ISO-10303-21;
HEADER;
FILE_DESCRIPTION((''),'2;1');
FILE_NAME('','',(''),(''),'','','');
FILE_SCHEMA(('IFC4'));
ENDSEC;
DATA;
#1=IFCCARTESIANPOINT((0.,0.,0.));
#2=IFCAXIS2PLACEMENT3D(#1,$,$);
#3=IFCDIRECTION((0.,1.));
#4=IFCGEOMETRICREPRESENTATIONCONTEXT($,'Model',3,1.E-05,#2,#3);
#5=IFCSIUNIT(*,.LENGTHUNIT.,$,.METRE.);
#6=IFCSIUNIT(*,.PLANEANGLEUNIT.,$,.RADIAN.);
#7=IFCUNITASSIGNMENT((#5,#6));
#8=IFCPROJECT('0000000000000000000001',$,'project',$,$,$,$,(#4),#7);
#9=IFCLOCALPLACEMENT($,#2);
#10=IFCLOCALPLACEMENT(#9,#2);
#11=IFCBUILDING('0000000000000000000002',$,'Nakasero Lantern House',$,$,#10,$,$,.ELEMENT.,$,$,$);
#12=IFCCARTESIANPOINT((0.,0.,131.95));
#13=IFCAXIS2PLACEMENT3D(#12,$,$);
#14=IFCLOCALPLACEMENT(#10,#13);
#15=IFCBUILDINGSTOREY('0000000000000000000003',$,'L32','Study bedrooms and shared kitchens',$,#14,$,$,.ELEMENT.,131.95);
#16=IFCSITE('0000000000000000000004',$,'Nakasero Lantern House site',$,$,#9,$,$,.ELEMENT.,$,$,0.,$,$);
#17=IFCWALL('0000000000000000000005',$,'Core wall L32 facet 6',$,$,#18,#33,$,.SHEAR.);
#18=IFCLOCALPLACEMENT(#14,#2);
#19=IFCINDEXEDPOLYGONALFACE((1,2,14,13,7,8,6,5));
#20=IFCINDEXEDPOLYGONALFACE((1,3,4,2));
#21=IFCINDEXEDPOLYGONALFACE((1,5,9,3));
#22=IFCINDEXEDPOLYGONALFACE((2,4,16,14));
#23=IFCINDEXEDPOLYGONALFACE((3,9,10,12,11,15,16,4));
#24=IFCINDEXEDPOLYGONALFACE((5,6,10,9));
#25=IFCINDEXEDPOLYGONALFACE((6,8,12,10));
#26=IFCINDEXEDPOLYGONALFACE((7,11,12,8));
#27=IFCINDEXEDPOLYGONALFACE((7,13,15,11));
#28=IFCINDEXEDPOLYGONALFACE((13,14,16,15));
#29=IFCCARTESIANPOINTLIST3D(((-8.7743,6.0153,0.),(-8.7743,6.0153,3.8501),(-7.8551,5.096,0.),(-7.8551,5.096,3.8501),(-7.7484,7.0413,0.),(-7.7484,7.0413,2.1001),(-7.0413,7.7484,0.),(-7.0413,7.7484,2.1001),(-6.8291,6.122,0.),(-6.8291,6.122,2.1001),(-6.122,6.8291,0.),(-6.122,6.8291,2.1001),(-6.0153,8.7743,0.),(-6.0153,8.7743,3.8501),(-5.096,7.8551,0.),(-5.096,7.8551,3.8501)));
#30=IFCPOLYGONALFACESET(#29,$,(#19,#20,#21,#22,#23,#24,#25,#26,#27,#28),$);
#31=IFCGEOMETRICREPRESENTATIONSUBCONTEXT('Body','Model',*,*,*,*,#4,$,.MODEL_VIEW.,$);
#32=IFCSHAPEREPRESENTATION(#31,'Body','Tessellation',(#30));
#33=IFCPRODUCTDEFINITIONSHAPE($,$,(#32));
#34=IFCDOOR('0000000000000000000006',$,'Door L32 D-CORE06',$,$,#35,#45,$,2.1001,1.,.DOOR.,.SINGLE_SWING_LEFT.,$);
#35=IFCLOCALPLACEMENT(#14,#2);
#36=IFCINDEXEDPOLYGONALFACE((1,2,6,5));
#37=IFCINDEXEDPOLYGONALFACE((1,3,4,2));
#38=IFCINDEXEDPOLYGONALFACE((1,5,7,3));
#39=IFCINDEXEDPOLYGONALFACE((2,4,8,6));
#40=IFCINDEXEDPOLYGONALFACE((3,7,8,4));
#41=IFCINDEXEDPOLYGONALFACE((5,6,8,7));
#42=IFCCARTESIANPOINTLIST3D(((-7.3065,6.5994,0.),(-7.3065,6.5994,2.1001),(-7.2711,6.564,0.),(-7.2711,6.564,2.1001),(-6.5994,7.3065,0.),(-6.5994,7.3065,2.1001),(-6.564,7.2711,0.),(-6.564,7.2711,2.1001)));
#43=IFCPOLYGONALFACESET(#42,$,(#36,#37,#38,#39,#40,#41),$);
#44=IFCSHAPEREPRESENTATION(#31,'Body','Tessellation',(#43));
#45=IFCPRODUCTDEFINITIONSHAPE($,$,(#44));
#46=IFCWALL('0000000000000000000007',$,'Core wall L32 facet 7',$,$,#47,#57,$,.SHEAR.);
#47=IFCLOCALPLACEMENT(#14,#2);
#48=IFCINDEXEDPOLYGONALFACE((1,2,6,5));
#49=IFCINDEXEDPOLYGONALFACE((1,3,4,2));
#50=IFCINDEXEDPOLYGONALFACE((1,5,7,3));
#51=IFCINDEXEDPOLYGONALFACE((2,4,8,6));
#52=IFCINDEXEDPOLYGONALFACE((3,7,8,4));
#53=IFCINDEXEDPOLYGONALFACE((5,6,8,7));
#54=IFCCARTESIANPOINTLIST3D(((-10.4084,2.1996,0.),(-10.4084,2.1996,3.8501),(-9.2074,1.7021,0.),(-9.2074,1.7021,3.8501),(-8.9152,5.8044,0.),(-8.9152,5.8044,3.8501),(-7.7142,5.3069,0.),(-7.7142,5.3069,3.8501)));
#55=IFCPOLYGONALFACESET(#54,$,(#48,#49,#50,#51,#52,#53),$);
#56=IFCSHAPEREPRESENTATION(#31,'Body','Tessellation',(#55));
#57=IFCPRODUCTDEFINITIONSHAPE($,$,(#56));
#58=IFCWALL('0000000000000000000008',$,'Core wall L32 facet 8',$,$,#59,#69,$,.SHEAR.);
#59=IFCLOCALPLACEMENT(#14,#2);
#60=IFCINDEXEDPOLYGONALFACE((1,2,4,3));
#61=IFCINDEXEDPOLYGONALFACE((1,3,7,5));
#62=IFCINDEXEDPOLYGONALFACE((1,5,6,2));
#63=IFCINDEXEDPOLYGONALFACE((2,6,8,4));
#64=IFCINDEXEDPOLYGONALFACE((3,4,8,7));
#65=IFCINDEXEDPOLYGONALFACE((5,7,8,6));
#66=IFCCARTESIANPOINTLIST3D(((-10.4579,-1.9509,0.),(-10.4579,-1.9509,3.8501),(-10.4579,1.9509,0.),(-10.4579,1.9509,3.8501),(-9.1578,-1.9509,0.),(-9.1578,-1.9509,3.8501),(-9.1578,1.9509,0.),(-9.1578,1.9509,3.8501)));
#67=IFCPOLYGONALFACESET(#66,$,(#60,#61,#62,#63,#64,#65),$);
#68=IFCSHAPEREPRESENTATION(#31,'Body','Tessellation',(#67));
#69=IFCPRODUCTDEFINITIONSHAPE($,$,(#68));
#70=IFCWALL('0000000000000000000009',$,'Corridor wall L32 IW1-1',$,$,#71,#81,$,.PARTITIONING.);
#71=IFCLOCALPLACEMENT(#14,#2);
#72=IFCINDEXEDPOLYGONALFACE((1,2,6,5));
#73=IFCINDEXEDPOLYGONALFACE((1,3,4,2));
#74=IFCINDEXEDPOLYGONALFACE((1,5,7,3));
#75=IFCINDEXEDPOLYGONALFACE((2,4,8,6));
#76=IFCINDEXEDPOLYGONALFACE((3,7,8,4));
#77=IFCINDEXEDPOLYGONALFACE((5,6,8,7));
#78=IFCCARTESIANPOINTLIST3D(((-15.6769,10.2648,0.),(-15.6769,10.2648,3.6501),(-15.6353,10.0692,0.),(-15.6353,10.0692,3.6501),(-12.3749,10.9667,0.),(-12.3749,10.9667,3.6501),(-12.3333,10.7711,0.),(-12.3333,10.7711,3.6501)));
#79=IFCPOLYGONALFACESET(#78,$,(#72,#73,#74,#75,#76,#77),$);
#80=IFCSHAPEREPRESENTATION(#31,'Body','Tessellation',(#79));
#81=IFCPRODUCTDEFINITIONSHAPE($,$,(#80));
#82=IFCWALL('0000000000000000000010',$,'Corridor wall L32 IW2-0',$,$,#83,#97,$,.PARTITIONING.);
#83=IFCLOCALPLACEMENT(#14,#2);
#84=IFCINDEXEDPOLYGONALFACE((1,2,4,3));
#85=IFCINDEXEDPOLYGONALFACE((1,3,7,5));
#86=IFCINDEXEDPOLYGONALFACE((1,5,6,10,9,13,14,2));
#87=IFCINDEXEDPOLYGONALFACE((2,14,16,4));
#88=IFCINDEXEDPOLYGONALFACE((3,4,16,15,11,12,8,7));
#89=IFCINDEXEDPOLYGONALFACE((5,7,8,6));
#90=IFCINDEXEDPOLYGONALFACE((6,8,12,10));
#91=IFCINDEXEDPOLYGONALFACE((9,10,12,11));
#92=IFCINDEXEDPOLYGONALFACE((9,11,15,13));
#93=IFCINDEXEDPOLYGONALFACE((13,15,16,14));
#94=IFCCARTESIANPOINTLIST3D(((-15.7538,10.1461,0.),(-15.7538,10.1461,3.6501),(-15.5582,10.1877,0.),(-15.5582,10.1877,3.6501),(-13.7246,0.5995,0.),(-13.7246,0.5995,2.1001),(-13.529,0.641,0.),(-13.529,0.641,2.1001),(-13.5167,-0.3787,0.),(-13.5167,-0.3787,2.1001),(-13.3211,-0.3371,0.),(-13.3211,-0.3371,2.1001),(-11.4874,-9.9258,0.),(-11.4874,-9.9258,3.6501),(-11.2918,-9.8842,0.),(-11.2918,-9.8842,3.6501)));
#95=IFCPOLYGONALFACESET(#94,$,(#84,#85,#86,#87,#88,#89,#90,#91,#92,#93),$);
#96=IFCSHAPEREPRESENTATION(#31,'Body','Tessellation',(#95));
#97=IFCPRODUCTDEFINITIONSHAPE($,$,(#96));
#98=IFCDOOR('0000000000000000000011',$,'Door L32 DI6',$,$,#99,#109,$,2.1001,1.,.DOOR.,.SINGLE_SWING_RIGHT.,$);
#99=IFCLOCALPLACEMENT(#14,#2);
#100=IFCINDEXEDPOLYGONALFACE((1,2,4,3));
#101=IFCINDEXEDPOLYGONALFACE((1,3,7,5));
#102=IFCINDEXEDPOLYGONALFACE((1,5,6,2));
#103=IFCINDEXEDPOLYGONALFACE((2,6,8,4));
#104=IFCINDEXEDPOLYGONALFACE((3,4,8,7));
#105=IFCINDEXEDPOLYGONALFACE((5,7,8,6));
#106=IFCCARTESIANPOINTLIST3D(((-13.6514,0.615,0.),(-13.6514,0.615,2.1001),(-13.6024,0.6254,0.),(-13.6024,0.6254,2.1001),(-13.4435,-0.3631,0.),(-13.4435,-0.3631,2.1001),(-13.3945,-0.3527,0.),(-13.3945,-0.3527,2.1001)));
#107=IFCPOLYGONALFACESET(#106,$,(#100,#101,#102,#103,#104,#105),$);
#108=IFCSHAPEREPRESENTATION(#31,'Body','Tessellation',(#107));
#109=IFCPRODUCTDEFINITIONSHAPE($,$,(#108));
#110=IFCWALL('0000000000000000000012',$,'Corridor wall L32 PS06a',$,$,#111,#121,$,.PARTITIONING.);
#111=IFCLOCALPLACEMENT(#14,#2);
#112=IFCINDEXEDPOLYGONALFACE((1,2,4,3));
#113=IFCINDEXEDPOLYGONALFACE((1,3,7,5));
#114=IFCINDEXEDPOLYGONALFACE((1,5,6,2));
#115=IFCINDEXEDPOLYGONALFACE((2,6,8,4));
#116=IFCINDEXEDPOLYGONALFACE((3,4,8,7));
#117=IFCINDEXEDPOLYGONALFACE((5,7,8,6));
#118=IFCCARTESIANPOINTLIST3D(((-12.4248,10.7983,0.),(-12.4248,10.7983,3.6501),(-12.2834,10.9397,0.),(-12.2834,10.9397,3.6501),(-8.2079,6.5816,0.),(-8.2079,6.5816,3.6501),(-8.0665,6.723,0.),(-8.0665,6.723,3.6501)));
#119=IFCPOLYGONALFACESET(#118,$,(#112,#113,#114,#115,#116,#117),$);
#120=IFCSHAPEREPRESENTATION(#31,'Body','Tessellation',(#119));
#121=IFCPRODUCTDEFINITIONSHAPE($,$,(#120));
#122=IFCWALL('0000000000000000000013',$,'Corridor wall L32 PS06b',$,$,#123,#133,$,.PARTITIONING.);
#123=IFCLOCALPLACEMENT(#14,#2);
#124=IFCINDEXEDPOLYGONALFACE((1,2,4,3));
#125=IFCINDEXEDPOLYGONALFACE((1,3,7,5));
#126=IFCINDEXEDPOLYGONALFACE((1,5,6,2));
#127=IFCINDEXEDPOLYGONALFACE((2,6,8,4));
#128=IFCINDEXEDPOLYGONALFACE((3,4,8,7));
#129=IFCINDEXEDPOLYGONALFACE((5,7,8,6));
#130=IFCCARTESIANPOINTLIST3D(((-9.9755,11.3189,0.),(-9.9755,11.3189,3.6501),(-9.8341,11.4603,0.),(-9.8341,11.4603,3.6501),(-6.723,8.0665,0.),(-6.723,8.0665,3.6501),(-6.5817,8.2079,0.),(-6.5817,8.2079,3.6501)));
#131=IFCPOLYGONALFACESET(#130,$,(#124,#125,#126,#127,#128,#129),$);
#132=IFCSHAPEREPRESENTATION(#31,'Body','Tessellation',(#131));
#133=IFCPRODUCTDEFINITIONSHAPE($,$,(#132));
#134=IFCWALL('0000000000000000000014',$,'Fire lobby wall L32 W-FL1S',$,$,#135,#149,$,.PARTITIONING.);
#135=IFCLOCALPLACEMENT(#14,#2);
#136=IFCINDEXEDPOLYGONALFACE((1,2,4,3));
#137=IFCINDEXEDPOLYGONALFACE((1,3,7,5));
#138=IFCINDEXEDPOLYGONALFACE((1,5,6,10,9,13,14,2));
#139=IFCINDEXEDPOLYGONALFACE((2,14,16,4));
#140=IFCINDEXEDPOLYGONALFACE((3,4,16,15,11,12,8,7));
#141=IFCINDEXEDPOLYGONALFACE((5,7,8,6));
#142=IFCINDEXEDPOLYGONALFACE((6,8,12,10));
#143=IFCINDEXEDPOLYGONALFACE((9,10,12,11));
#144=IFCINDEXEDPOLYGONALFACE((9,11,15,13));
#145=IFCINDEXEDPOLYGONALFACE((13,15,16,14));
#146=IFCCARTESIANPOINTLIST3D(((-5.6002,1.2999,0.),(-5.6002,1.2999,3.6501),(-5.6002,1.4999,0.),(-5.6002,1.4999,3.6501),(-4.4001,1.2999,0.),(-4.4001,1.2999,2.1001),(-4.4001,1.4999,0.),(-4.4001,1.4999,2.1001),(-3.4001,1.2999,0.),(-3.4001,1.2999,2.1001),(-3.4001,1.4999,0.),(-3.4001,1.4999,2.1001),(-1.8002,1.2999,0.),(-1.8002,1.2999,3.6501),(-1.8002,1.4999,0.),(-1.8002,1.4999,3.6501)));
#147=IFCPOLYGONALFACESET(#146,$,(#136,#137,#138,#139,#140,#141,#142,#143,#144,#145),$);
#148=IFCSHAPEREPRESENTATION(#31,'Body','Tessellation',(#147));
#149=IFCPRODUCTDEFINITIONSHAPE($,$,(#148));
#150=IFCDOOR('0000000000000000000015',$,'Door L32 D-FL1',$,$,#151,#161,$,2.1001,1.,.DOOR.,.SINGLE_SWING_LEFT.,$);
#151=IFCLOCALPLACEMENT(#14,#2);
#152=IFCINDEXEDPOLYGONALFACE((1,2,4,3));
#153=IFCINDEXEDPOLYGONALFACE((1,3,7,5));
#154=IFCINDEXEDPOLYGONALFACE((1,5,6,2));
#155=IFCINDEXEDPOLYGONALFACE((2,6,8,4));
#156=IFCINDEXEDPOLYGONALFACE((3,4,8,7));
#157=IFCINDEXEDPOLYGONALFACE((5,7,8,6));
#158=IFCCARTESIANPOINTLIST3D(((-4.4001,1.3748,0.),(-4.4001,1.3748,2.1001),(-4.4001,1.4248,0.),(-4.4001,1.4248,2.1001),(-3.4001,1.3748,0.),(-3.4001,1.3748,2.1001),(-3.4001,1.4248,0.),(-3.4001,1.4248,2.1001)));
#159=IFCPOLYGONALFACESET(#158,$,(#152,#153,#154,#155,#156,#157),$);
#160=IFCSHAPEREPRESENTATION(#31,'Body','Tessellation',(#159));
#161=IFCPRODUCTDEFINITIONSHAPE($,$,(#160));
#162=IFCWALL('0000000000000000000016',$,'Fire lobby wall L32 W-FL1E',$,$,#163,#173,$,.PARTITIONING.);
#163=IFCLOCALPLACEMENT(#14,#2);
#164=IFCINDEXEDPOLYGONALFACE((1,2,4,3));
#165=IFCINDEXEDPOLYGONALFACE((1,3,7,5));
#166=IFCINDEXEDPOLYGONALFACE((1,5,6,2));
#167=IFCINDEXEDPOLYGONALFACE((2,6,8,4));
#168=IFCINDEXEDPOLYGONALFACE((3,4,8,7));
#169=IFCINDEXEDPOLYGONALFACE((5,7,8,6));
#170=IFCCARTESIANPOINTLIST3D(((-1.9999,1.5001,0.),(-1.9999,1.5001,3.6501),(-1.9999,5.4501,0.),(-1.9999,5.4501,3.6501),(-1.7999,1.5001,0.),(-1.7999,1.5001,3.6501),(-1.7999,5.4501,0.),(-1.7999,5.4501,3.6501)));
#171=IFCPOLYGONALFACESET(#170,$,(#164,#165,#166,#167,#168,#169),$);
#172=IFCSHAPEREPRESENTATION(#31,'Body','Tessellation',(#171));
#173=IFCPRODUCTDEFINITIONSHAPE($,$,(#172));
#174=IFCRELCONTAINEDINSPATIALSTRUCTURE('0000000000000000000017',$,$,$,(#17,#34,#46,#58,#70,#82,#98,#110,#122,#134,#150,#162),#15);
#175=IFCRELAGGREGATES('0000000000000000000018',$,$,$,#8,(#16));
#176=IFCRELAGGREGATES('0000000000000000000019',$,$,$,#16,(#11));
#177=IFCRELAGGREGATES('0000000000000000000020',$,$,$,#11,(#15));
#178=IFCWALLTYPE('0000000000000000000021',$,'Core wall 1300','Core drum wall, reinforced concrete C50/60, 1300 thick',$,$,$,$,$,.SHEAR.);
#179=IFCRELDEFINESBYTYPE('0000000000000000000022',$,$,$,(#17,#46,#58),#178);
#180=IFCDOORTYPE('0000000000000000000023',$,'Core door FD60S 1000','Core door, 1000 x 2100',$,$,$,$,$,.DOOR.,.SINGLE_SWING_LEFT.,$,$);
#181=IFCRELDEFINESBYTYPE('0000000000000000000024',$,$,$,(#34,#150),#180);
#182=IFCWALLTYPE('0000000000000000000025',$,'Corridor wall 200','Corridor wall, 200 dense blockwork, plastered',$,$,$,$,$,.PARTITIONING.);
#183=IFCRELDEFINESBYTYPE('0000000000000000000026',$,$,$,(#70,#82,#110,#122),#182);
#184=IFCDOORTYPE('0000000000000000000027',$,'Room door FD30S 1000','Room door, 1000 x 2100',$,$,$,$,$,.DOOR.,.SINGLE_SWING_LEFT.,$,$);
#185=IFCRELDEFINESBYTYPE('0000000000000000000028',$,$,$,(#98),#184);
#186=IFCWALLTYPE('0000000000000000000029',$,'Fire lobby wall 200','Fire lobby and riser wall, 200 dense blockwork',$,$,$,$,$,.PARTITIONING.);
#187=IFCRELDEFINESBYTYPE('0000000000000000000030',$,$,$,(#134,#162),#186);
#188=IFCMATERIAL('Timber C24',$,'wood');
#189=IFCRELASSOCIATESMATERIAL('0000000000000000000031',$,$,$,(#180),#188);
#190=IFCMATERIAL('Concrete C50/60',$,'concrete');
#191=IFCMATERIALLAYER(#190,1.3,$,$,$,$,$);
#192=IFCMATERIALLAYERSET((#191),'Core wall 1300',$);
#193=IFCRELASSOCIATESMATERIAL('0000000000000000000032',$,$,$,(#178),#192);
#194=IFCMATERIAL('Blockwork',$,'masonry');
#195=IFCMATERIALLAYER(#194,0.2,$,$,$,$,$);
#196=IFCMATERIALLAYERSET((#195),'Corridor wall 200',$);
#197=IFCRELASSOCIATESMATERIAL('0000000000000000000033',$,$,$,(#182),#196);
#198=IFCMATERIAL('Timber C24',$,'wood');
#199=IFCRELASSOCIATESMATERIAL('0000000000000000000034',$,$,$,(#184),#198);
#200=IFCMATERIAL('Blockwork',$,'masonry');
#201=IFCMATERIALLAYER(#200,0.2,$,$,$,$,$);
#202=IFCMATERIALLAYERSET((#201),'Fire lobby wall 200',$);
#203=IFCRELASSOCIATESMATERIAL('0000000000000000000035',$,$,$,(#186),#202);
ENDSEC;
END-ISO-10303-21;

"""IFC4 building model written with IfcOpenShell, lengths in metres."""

from ifc_helpers import new_model, si_unit, direction, frame, frame_2d, origin, place, context, subcontext, project, spatial, rectangle, extrude, material, layer, layer_set, type_object, element, fill, save


model = new_model("IFC4")

# Units and contexts
model_context = context("Model", 3, precision=1e-05, world=origin(), true_north=direction((0.0, 1.0)))
body_context = subcontext(model_context, "Body", "Model", "MODEL_VIEW")
ifc_project = project(units=[si_unit("LENGTHUNIT", "METRE"), si_unit("PLANEANGLEUNIT", "RADIAN")], contexts=[model_context])

# Site, building, storey
site_placement = place(None, origin())
site = spatial("IfcSite", under=ifc_project, at=site_placement, Name="Nakasero Lantern House site", CompositionType="ELEMENT", RefElevation=0.0)
building_placement = place(site_placement, origin())
building = spatial("IfcBuilding", under=site, at=building_placement, Name="Nakasero Lantern House", CompositionType="ELEMENT")
storey_placement = place(building_placement, frame((0.0, 0.0, 131.95)))
storey = spatial("IfcBuildingStorey", under=building, at=storey_placement, Name="L32", Description="Study bedrooms and shared kitchens", CompositionType="ELEMENT", Elevation=131.95)

# Shared definitions
ifc_material_1 = material(Name="Timber C24", Category="wood")
door_type_1 = type_object("IfcDoorType", Name="Core door FD60S 1000", Description="Core door, 1000 x 2100", OperationType="SINGLE_SWING_LEFT", PredefinedType="DOOR", material=ifc_material_1)

# Shared definitions
ifc_material_2 = material(Name="Concrete C50/60", Category="concrete")
ifc_layer_1 = layer(ifc_material_2, 1.3)
ifc_layer_set_1 = layer_set([ifc_layer_1], Name="Core wall 1300")
wall_type_1 = type_object("IfcWallType", Name="Core wall 1300", Description="Core drum wall, reinforced concrete C50/60, 1300 thick", PredefinedType="SHEAR", material=ifc_layer_set_1)

# Wall, opening, door
wall_1_placement = place(storey_placement, frame((-5.5557, 8.3147, 0.0), z_axis=(0.0, 0.0, 1.0), x_axis=(-0.707107, -0.707107, 0.0)))
wall_1 = element("IfcWall", 1, at=wall_1_placement, inside=storey, type_object=wall_type_1, Name="Core wall L32 facet 6", PredefinedType="SHEAR", context=body_context, shape_type="SweptSolid", body=[
    extrude(rectangle(XDim=3.9019, YDim=1.3, at=frame_2d((1.9509, 0.0))), origin(), (0.0, 0.0, 1.0), 3.8501),
])
opening_1_placement = place(wall_1_placement, frame((1.4509, 0.0, 0.0)))
opening_1 = element("IfcOpeningElement", 2, at=opening_1_placement, cuts=wall_1, PredefinedType="OPENING", context=body_context, shape_type="SweptSolid", body=[
    extrude(rectangle(XDim=1.0, YDim=2.1001, at=frame_2d((0.5, 1.05))), frame((0.0, 0.6699, 0.0), z_axis=(0.0, -1.0, 0.0), x_axis=(1.0, 0.0, 0.0)), (0.0, 0.0, 1.0), 1.3401),
])
door_1_placement = place(opening_1_placement, origin())
door_1 = element("IfcDoor", 3, at=door_1_placement, inside=storey, type_object=door_type_1, Name="Door L32 D-CORE06", OperationType="SINGLE_SWING_LEFT", OverallHeight=2.1001, OverallWidth=1.0, PredefinedType="DOOR", context=body_context, shape_type="SweptSolid", body=[
    extrude(rectangle(XDim=1.0, YDim=2.1001, at=frame_2d((0.5, 1.05))), frame((0.0, 0.0249, 0.0), z_axis=(0.0, -1.0, 0.0), x_axis=(1.0, 0.0, 0.0)), (0.0, 0.0, 1.0), 0.05),
])
fill(opening_1, door_1)

# Walls
for number, where, z_axis, x_axis, name in (
    (4, (-8.3147, 5.5557, 0.0), (0.0, 0.0, 1.0), (-0.382691, -0.923877, 0.0), "Core wall L32 facet 7"),
    (5, (-9.8079, 1.9509, 0.0), (0.0, 0.0, 1.0), (0.0, -1.0, 0.0), "Core wall L32 facet 8"),
):
    element("IfcWall", number, at=place(storey_placement, frame(where, z_axis=z_axis, x_axis=x_axis)), inside=storey, type_object=wall_type_1, Name=name, PredefinedType="SHEAR", context=body_context, shape_type="SweptSolid", body=[
        extrude(rectangle(XDim=3.9019, YDim=1.3, at=frame_2d((1.9509, 0.0))), origin(), (0.0, 0.0, 1.0), 3.8501),
    ])
ifc_material_3 = material(Name="Blockwork", Category="masonry")
ifc_layer_2 = layer(ifc_material_3, 0.2)
ifc_layer_set_2 = layer_set([ifc_layer_2], Name="Corridor wall 200")
wall_type_2 = type_object("IfcWallType", Name="Corridor wall 200", Description="Corridor wall, 200 dense blockwork, plastered", PredefinedType="PARTITIONING", material=ifc_layer_set_2)
wall_2_placement = place(storey_placement, frame((-12.354, 10.8689, 0.0), z_axis=(0.0, 0.0, 1.0), x_axis=(-0.978145, -0.207924, 0.0)))
element("IfcWall", 6, at=wall_2_placement, inside=storey, type_object=wall_type_2, Name="Corridor wall L32 IW1-1", PredefinedType="PARTITIONING", context=body_context, shape_type="SweptSolid", body=[
    extrude(rectangle(XDim=3.3757, YDim=0.2, at=frame_2d((1.688, 0.0))), origin(), (0.0, 0.0, 1.0), 3.6501),
])

# Wall, opening, door
wall_3_placement = place(storey_placement, frame((-15.656, 10.167, 0.0), z_axis=(0.0, 0.0, 1.0), x_axis=(0.20791, -0.978148, 0.0)))
wall_3 = element("IfcWall", 7, at=wall_3_placement, inside=storey, type_object=wall_type_2, Name="Corridor wall L32 IW2-0", PredefinedType="PARTITIONING", context=body_context, shape_type="SweptSolid", body=[
    extrude(rectangle(XDim=20.5203, YDim=0.2, at=frame_2d((10.2603, 0.0))), origin(), (0.0, 0.0, 1.0), 3.6501),
])
opening_2_placement = place(wall_3_placement, frame((9.76, 0.0, 0.0)))
opening_2 = element("IfcOpeningElement", 8, at=opening_2_placement, cuts=wall_3, PredefinedType="OPENING", context=body_context, shape_type="SweptSolid", body=[
    extrude(rectangle(XDim=1.0, YDim=2.1001, at=frame_2d((0.5, 1.05))), frame((0.0, 0.1199, 0.0), z_axis=(0.0, -1.0, 0.0), x_axis=(1.0, 0.0, 0.0)), (0.0, 0.0, 1.0), 0.24),
])
ifc_material_4 = material(Name="Timber C24", Category="wood")
door_type_2 = type_object("IfcDoorType", Name="Room door FD30S 1000", Description="Room door, 1000 x 2100", OperationType="SINGLE_SWING_LEFT", PredefinedType="DOOR", material=ifc_material_4)
door_2_placement = place(opening_2_placement, origin())
door_2 = element("IfcDoor", 9, at=door_2_placement, inside=storey, type_object=door_type_2, Name="Door L32 DI6", OperationType="SINGLE_SWING_RIGHT", OverallHeight=2.1001, OverallWidth=1.0, PredefinedType="DOOR", context=body_context, shape_type="SweptSolid", body=[
    extrude(rectangle(XDim=1.0, YDim=2.1001, at=frame_2d((0.5, 1.05))), frame((0.0, 0.0249, 0.0), z_axis=(0.0, -1.0, 0.0), x_axis=(1.0, 0.0, 0.0)), (0.0, 0.0, 1.0), 0.05),
])
fill(opening_2, door_2)

# Walls
wall_4_placement = place(storey_placement, frame((-8.1372, 6.6523, 0.0), z_axis=(0.0, 0.0, 1.0), x_axis=(-0.707127, 0.707086, 0.0)))
element("IfcWall", 10, at=wall_4_placement, inside=storey, type_object=wall_type_2, Name="Corridor wall L32 PS06a", PredefinedType="PARTITIONING", context=body_context, shape_type="SweptSolid", body=[
    extrude(rectangle(XDim=5.9634, YDim=0.2, at=frame_2d((2.9817, 0.0))), origin(), (0.0, 0.0, 1.0), 3.6501),
])
wall_5_placement = place(storey_placement, frame((-6.6523, 8.1372, 0.0), z_axis=(0.0, 0.0, 1.0), x_axis=(-0.707107, 0.707107, 0.0)))
element("IfcWall", 11, at=wall_5_placement, inside=storey, type_object=wall_type_2, Name="Corridor wall L32 PS06b", PredefinedType="PARTITIONING", context=body_context, shape_type="SweptSolid", body=[
    extrude(rectangle(XDim=4.5996, YDim=0.2, at=frame_2d((2.2998, 0.0))), origin(), (0.0, 0.0, 1.0), 3.6501),
])

# Wall, opening, door
ifc_material_5 = material(Name="Blockwork", Category="masonry")
ifc_layer_3 = layer(ifc_material_5, 0.2)
ifc_layer_set_3 = layer_set([ifc_layer_3], Name="Fire lobby wall 200")
wall_type_3 = type_object("IfcWallType", Name="Fire lobby wall 200", Description="Fire lobby and riser wall, 200 dense blockwork", PredefinedType="PARTITIONING", material=ifc_layer_set_3)
wall_6_placement = place(storey_placement, frame((-5.6001, 1.3999, 0.0), z_axis=(0.0, 0.0, 1.0), x_axis=(1.0, 0.0, 0.0)))
wall_6 = element("IfcWall", 12, at=wall_6_placement, inside=storey, type_object=wall_type_3, Name="Fire lobby wall L32 W-FL1S", PredefinedType="PARTITIONING", context=body_context, shape_type="SweptSolid", body=[
    extrude(rectangle(XDim=3.8, YDim=0.2, at=frame_2d((1.8999, 0.0))), origin(), (0.0, 0.0, 1.0), 3.6501),
])
opening_3_placement = place(wall_6_placement, frame((1.2, 0.0, 0.0)))
opening_3 = element("IfcOpeningElement", 13, at=opening_3_placement, cuts=wall_6, PredefinedType="OPENING", context=body_context, shape_type="SweptSolid", body=[
    extrude(rectangle(XDim=1.0, YDim=2.1001, at=frame_2d((0.5, 1.05))), frame((0.0, 0.1199, 0.0), z_axis=(0.0, -1.0, 0.0), x_axis=(1.0, 0.0, 0.0)), (0.0, 0.0, 1.0), 0.24),
])
door_3_placement = place(opening_3_placement, origin())
door_3 = element("IfcDoor", 14, at=door_3_placement, inside=storey, type_object=door_type_1, Name="Door L32 D-FL1", OperationType="SINGLE_SWING_LEFT", OverallHeight=2.1001, OverallWidth=1.0, PredefinedType="DOOR", context=body_context, shape_type="SweptSolid", body=[
    extrude(rectangle(XDim=1.0, YDim=2.1001, at=frame_2d((0.5, 1.05))), frame((0.0, 0.0249, 0.0), z_axis=(0.0, -1.0, 0.0), x_axis=(1.0, 0.0, 0.0)), (0.0, 0.0, 1.0), 0.05),
])
fill(opening_3, door_3)

# Wall
wall_7_placement = place(storey_placement, frame((-1.8999, 1.5, 0.0), z_axis=(0.0, 0.0, 1.0), x_axis=(0.0, 1.0, 0.0)))
element("IfcWall", 15, at=wall_7_placement, inside=storey, type_object=wall_type_3, Name="Fire lobby wall L32 W-FL1E", PredefinedType="PARTITIONING", context=body_context, shape_type="SweptSolid", body=[
    extrude(rectangle(XDim=3.95, YDim=0.2, at=frame_2d((1.9751, 0.0))), origin(), (0.0, 0.0, 1.0), 3.6501),
])

save(model, "model.ifc")
